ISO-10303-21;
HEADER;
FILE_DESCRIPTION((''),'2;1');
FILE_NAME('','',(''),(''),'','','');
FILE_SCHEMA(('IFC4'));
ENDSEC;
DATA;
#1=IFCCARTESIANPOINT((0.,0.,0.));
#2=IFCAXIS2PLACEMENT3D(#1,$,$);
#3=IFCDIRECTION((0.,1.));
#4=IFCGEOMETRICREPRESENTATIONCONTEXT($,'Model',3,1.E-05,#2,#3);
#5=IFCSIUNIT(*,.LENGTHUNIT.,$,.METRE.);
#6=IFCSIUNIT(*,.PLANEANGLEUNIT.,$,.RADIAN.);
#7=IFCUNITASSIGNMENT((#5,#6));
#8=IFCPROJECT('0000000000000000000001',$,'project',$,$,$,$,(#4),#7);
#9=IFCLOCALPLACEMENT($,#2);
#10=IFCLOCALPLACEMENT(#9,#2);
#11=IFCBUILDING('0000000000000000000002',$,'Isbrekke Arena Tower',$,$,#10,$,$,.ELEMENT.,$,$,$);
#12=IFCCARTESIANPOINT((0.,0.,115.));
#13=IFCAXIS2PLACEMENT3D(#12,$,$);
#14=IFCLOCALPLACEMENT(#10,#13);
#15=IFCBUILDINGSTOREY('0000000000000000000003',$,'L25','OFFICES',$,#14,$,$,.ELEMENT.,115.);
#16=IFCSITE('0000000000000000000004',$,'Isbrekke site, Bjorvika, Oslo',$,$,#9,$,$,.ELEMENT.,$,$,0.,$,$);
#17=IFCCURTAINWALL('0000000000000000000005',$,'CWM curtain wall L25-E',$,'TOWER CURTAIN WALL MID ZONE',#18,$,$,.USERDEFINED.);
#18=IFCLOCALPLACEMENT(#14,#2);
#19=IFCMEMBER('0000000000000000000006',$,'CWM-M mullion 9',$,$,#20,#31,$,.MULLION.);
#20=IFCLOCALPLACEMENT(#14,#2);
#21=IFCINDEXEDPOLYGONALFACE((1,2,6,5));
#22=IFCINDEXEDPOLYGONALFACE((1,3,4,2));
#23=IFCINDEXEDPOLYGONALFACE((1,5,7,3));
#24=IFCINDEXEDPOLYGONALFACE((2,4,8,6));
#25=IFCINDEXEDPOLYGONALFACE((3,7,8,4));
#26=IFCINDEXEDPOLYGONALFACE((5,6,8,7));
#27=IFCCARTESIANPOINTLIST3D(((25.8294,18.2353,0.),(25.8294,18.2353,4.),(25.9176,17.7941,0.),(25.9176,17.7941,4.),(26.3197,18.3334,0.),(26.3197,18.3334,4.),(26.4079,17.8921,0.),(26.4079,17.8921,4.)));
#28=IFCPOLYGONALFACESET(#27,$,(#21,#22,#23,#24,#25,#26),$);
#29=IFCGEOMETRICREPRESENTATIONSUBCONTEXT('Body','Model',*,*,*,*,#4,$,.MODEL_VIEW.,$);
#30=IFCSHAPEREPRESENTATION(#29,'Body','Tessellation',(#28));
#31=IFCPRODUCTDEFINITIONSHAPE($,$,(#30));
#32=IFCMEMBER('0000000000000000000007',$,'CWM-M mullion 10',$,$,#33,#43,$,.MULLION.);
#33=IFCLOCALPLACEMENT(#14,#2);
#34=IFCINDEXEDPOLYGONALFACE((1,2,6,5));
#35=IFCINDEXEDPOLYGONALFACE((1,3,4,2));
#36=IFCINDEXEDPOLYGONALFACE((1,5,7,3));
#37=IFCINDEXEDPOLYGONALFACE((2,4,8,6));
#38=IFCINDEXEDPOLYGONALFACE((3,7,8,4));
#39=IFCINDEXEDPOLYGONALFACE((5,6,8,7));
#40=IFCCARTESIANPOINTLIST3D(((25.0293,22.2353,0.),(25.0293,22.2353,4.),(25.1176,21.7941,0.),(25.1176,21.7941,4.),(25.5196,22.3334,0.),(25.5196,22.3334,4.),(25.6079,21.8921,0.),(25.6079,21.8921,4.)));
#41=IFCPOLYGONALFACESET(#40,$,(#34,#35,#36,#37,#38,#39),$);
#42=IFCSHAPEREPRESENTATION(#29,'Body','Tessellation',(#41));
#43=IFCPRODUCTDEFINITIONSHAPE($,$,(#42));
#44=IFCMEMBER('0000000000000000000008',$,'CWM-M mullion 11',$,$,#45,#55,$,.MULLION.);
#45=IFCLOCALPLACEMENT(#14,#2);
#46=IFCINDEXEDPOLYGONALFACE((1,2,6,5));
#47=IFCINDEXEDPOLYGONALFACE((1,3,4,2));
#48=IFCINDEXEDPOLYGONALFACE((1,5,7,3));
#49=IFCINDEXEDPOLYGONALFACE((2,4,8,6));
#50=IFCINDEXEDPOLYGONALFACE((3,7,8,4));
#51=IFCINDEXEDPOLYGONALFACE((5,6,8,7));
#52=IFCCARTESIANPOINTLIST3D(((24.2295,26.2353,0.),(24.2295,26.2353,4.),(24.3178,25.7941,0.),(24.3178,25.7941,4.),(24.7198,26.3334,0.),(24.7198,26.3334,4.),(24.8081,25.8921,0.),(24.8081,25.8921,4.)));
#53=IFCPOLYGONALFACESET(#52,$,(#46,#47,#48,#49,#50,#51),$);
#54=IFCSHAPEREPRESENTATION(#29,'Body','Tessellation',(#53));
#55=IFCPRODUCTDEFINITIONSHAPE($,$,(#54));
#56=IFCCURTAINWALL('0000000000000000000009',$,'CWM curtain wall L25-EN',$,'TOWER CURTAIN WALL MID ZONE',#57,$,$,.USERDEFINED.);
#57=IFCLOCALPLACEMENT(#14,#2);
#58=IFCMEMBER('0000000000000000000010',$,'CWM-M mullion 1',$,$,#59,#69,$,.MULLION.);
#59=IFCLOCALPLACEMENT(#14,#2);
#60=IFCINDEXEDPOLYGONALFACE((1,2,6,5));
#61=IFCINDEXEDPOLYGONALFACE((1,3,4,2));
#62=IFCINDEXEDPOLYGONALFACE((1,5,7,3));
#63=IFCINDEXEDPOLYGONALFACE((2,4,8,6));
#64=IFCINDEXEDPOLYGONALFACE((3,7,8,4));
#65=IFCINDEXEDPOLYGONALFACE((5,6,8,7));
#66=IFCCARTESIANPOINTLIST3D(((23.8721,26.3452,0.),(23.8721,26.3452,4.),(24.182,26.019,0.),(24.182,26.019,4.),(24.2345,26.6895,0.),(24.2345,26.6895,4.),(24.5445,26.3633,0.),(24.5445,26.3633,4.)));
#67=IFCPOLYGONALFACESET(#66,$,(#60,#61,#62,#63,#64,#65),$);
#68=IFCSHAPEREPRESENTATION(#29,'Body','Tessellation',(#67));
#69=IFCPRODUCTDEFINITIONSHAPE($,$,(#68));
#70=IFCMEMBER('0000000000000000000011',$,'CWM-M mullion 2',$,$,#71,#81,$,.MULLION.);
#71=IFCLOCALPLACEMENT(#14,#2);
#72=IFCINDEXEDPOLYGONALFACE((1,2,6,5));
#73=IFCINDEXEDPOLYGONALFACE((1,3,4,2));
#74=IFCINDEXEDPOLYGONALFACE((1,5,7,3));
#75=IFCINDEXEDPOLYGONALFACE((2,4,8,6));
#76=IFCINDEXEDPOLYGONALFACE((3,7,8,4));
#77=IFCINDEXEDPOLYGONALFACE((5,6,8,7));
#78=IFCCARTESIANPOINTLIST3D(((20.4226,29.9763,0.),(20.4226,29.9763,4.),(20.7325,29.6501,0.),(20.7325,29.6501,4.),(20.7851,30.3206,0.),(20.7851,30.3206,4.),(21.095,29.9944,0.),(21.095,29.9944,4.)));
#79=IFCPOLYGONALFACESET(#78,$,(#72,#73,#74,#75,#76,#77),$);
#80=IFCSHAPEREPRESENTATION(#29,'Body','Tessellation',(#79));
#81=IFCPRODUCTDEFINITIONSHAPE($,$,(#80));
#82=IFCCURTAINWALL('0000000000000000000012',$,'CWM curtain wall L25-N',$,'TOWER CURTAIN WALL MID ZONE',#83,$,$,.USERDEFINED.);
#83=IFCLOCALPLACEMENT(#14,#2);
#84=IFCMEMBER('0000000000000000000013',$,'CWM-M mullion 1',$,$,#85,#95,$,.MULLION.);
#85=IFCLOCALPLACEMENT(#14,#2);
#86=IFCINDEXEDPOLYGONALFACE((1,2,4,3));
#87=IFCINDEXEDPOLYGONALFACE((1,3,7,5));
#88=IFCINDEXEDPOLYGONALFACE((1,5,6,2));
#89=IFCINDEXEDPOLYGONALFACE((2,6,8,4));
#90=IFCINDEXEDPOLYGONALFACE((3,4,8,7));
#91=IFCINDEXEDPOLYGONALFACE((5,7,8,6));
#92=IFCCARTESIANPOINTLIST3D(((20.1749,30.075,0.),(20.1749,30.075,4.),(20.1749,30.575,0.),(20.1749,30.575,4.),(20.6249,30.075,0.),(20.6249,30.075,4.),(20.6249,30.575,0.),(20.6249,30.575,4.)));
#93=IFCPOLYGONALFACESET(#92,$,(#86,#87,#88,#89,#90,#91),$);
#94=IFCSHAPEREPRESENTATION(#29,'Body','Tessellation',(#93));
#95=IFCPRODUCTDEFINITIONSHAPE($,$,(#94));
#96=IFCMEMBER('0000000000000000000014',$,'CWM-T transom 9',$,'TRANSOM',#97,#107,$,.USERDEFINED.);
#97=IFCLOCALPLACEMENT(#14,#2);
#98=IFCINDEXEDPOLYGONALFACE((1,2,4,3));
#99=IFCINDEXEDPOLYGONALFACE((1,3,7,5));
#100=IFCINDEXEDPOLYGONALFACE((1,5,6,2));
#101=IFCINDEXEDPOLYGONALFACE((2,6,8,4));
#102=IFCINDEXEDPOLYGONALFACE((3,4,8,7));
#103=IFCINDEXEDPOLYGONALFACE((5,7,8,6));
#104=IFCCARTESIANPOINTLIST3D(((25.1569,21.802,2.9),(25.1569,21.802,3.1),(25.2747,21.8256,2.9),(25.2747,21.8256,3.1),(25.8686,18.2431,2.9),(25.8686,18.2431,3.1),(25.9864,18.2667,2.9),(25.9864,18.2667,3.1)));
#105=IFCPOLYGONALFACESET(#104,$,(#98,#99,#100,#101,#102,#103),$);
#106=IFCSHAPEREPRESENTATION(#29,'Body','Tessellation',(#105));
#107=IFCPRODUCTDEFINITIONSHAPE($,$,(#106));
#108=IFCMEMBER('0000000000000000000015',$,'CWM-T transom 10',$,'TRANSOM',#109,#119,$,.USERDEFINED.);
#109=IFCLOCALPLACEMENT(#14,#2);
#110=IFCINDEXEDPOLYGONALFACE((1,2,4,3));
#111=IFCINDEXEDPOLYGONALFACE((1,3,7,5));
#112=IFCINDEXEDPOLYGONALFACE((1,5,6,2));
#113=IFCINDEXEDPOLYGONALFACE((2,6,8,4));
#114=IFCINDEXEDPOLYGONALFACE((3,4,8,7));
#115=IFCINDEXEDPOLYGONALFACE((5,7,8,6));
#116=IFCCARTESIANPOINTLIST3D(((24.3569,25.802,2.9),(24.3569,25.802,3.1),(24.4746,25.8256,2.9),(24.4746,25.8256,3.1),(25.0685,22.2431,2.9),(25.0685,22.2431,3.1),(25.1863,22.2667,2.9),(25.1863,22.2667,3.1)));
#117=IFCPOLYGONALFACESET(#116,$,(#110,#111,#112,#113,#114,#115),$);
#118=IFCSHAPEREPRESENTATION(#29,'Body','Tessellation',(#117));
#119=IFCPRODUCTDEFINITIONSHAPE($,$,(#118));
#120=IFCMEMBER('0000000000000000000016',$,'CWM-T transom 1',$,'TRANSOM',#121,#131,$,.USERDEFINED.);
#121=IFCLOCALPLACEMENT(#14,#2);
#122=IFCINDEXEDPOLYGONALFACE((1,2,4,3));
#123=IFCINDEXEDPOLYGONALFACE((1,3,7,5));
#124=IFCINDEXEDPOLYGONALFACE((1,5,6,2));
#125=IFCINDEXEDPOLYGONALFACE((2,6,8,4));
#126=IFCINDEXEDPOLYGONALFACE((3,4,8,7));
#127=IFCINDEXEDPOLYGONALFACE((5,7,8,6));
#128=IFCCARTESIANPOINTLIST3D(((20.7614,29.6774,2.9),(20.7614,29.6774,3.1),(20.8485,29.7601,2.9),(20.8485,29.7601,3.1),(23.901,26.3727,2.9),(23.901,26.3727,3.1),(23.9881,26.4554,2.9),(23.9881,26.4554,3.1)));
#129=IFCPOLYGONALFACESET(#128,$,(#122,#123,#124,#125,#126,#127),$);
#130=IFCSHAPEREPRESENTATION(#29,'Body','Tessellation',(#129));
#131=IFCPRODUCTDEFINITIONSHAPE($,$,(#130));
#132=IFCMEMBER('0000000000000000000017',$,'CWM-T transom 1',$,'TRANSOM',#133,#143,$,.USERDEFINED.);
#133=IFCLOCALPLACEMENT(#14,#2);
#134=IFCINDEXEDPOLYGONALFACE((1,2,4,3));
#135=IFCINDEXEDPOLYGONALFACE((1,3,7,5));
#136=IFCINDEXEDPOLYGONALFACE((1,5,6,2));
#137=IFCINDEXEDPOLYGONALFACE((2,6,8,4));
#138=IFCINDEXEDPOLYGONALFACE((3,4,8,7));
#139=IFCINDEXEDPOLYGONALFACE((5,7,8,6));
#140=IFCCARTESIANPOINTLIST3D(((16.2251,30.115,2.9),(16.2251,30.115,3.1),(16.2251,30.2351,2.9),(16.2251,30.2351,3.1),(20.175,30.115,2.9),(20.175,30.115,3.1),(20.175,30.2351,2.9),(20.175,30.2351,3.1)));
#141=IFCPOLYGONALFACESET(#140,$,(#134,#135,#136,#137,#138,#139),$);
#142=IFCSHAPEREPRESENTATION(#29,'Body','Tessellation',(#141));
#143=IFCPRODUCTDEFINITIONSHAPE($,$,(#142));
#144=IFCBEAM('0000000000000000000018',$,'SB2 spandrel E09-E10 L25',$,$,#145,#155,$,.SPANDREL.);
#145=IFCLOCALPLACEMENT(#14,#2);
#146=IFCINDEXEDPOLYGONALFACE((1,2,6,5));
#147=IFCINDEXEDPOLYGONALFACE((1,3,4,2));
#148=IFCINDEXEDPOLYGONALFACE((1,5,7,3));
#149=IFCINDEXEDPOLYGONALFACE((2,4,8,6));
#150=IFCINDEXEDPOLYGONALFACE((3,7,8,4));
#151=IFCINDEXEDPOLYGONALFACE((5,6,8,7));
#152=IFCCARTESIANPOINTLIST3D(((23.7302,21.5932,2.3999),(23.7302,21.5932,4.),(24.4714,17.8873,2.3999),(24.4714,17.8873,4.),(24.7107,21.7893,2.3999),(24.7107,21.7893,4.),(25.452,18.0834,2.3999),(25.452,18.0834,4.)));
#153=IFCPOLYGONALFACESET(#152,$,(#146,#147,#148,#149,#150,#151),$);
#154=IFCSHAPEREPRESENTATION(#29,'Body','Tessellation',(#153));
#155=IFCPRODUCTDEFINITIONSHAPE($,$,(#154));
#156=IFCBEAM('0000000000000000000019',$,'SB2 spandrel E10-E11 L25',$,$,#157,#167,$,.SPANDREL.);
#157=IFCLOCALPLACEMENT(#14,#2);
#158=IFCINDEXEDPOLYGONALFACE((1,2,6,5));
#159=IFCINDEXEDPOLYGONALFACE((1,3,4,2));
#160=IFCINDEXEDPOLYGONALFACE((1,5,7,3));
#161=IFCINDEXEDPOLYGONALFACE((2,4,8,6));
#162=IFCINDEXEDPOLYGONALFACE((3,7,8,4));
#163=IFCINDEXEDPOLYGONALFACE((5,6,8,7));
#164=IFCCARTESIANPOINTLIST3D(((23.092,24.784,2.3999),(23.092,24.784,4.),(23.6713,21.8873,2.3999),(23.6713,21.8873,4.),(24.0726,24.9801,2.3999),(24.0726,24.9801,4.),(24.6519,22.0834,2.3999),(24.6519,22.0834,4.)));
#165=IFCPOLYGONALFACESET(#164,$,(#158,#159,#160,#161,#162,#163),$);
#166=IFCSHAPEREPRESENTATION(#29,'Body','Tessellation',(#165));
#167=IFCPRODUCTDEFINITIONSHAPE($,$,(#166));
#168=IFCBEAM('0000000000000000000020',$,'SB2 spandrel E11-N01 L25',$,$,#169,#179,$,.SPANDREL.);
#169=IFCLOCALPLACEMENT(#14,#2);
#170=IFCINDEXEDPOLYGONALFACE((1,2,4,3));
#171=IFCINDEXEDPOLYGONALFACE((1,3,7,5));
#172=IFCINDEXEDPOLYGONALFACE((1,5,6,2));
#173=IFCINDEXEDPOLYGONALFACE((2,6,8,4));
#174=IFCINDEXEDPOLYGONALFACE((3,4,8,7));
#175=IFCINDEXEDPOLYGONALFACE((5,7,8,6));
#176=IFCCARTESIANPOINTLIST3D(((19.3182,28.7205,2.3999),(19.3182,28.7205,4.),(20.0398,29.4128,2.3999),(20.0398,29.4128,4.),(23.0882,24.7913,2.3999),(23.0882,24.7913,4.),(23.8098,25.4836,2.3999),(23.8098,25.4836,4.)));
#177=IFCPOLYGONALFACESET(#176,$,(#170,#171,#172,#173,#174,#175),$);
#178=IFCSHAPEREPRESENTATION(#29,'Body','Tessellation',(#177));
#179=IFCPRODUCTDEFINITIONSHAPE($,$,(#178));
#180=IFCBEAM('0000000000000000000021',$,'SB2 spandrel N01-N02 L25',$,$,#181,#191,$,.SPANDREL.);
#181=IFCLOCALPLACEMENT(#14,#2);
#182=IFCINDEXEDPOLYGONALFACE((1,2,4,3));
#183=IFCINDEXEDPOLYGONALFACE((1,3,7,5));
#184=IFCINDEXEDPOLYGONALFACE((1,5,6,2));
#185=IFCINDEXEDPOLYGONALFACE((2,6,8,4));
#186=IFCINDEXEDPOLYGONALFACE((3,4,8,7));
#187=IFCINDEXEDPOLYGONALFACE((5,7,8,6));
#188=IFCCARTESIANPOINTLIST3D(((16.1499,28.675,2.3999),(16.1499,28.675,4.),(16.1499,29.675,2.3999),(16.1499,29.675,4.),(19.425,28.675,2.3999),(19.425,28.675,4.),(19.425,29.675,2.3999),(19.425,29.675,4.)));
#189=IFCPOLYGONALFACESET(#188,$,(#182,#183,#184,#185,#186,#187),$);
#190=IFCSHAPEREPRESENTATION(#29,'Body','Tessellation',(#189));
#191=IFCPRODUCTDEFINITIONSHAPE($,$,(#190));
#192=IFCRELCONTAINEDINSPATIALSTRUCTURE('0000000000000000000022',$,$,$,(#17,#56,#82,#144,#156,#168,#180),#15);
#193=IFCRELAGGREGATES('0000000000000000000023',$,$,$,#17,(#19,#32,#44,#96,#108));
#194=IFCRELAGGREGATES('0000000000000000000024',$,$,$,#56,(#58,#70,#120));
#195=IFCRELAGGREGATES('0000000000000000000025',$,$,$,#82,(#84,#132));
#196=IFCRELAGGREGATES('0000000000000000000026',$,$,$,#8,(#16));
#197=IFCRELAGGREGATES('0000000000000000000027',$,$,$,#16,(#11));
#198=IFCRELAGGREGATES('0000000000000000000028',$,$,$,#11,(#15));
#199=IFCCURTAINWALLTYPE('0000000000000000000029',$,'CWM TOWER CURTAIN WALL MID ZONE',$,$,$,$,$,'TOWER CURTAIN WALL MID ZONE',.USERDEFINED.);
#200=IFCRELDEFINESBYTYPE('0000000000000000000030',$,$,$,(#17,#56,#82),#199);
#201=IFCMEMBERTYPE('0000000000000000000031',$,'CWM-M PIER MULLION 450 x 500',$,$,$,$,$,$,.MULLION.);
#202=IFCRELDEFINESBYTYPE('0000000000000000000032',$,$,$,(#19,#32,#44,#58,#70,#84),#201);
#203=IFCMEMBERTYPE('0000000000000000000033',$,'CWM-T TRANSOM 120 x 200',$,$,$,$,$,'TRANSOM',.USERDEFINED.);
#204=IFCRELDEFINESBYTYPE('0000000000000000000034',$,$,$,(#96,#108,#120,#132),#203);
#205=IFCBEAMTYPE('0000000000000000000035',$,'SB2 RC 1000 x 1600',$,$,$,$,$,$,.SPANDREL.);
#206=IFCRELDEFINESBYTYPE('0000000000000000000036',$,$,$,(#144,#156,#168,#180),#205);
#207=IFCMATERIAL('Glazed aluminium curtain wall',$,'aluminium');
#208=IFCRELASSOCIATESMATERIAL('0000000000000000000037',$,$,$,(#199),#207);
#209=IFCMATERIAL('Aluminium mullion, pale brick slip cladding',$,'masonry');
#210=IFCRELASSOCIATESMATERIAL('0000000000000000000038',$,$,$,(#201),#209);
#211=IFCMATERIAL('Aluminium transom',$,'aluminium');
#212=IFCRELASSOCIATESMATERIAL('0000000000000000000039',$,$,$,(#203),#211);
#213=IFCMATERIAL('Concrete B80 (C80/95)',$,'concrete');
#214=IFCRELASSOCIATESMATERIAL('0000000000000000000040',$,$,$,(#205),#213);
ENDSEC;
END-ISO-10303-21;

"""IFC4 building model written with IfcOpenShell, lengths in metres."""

from ifc_helpers import new_model, si_unit, direction, frame, origin, origin_2d, place, context, subcontext, project, spatial, rectangle, extrude, material, material_profile, profile_set, type_object, element, aggregate, save


model = new_model("IFC4")

# Units and contexts
model_context = context("Model", 3, precision=1e-05, world=origin(), true_north=direction((0.0, 1.0)))
body_context = subcontext(model_context, "Body", "Model", "MODEL_VIEW")
ifc_project = project(units=[si_unit("LENGTHUNIT", "METRE"), si_unit("PLANEANGLEUNIT", "RADIAN")], contexts=[model_context])

# Site, building, storey
site_placement = place(None, origin())
site = spatial("IfcSite", under=ifc_project, at=site_placement, Name="Isbrekke site, Bjorvika, Oslo", CompositionType="ELEMENT", RefElevation=0.0)
building_placement = place(site_placement, origin())
building = spatial("IfcBuilding", under=site, at=building_placement, Name="Isbrekke Arena Tower", CompositionType="ELEMENT")
storey_placement = place(building_placement, frame((0.0, 0.0, 115.0)))
storey = spatial("IfcBuildingStorey", under=building, at=storey_placement, Name="L25", Description="OFFICES", CompositionType="ELEMENT", Elevation=115.0)

# Curtain walls, members
ifc_material_1 = material(Name="Glazed aluminium curtain wall", Category="aluminium")
curtain_wall_type = type_object("IfcCurtainWallType", Name="CWM TOWER CURTAIN WALL MID ZONE", ElementType="TOWER CURTAIN WALL MID ZONE", PredefinedType="USERDEFINED", material=ifc_material_1)
curtain_wall_1_placement = place(storey_placement, origin())
curtain_wall_1 = element("IfcCurtainWall", 1, at=curtain_wall_1_placement, inside=storey, type_object=curtain_wall_type, Name="CWM curtain wall L25-E", ObjectType="TOWER CURTAIN WALL MID ZONE", PredefinedType="USERDEFINED")
ifc_material_2 = material(Name="Aluminium mullion, pale brick slip cladding", Category="masonry")
ifc_material_profile_1 = material_profile(ifc_material_2, rectangle(XDim=0.45, YDim=0.5, at=origin_2d()), Name="PIER 450X500")
ifc_profile_set_1 = profile_set([ifc_material_profile_1], Name="Aluminium mullion, pale brick slip cladding")
member_type_1 = type_object("IfcMemberType", Name="CWM-M PIER MULLION 450 x 500", PredefinedType="MULLION", material=ifc_profile_set_1)
member_1_placement = place(storey_placement, frame((26.1187, 18.0637, 0.0), z_axis=(0.0, 0.0, 1.0), x_axis=(-0.196116, 0.980581, 0.0)))
member_1 = element("IfcMember", 2, at=member_1_placement, type_object=member_type_1, Name="CWM-M mullion 9", PredefinedType="MULLION", context=body_context, shape_type="SweptSolid", body=[
    extrude(rectangle(XDim=0.45, YDim=0.5, at=origin_2d()), origin(), (0.0, 0.0, 1.0), 4.0),
])
member_2_placement = place(storey_placement, frame((25.3186, 22.0637, 0.0), z_axis=(0.0, 0.0, 1.0), x_axis=(-0.196116, 0.980581, 0.0)))
member_2 = element("IfcMember", 3, at=member_2_placement, type_object=member_type_1, Name="CWM-M mullion 10", PredefinedType="MULLION", context=body_context, shape_type="SweptSolid", body=[
    extrude(rectangle(XDim=0.45, YDim=0.5, at=origin_2d()), origin(), (0.0, 0.0, 1.0), 4.0),
])
member_3_placement = place(storey_placement, frame((24.5188, 26.0637, 0.0), z_axis=(0.0, 0.0, 1.0), x_axis=(-0.196116, 0.980581, 0.0)))
member_3 = element("IfcMember", 4, at=member_3_placement, type_object=member_type_1, Name="CWM-M mullion 11", PredefinedType="MULLION", context=body_context, shape_type="SweptSolid", body=[
    extrude(rectangle(XDim=0.45, YDim=0.5, at=origin_2d()), origin(), (0.0, 0.0, 1.0), 4.0),
])
curtain_wall_2_placement = place(storey_placement, origin())
curtain_wall_2 = element("IfcCurtainWall", 5, at=curtain_wall_2_placement, inside=storey, type_object=curtain_wall_type, Name="CWM curtain wall L25-EN", ObjectType="TOWER CURTAIN WALL MID ZONE", PredefinedType="USERDEFINED")
member_4_placement = place(storey_placement, frame((24.2083, 26.3542, 0.0), z_axis=(0.0, 0.0, 1.0), x_axis=(-0.688749, 0.724999, 0.0)))
member_4 = element("IfcMember", 6, at=member_4_placement, type_object=member_type_1, Name="CWM-M mullion 1", PredefinedType="MULLION", context=body_context, shape_type="SweptSolid", body=[
    extrude(rectangle(XDim=0.45, YDim=0.5, at=origin_2d()), origin(), (0.0, 0.0, 1.0), 4.0),
])
member_5_placement = place(storey_placement, frame((20.7588, 29.9854, 0.0), z_axis=(0.0, 0.0, 1.0), x_axis=(-0.688749, 0.724999, 0.0)))
member_5 = element("IfcMember", 7, at=member_5_placement, type_object=member_type_1, Name="CWM-M mullion 2", PredefinedType="MULLION", context=body_context, shape_type="SweptSolid", body=[
    extrude(rectangle(XDim=0.45, YDim=0.5, at=origin_2d()), origin(), (0.0, 0.0, 1.0), 4.0),
])

# Curtain wall, member
curtain_wall_3_placement = place(storey_placement, origin())
curtain_wall_3 = element("IfcCurtainWall", 8, at=curtain_wall_3_placement, inside=storey, type_object=curtain_wall_type, Name="CWM curtain wall L25-N", ObjectType="TOWER CURTAIN WALL MID ZONE", PredefinedType="USERDEFINED")
member_6_placement = place(storey_placement, frame((20.3999, 30.325, 0.0), z_axis=(0.0, 0.0, 1.0), x_axis=(-1.0, 0.0, 0.0)))
member_6 = element("IfcMember", 9, at=member_6_placement, type_object=member_type_1, Name="CWM-M mullion 1", PredefinedType="MULLION", context=body_context, shape_type="SweptSolid", body=[
    extrude(rectangle(XDim=0.45, YDim=0.5, at=origin_2d()), origin(), (0.0, 0.0, 1.0), 4.0),
])

# Members
ifc_material_3 = material(Name="Aluminium transom", Category="aluminium")
ifc_material_profile_2 = material_profile(ifc_material_3, rectangle(XDim=0.1201, YDim=0.2, at=origin_2d()), Name="TRANSOM 120X200")
ifc_profile_set_2 = profile_set([ifc_material_profile_2], Name="Aluminium transom")
member_type_2 = type_object("IfcMemberType", Name="CWM-T TRANSOM 120 x 200", ElementType="TRANSOM", PredefinedType="USERDEFINED", material=ifc_profile_set_2)
member_7_placement = place(storey_placement, frame((25.9275, 18.2549, 3.0), z_axis=(-0.19609, 0.980586, 0.0), x_axis=(-0.980586, -0.19609, 0.0)))
member_7 = element("IfcMember", 10, at=member_7_placement, type_object=member_type_2, Name="CWM-T transom 9", ObjectType="TRANSOM", PredefinedType="USERDEFINED", context=body_context, shape_type="SweptSolid", body=[
    extrude(rectangle(XDim=0.1201, YDim=0.2, at=origin_2d()), origin(), (0.0, 0.0, 1.0), 3.6294),
])
member_8_placement = place(storey_placement, frame((25.1274, 22.2549, 3.0), z_axis=(-0.19609, 0.980586, 0.0), x_axis=(-0.980586, -0.19609, 0.0)))
member_8 = element("IfcMember", 11, at=member_8_placement, type_object=member_type_2, Name="CWM-T transom 10", ObjectType="TRANSOM", PredefinedType="USERDEFINED", context=body_context, shape_type="SweptSolid", body=[
    extrude(rectangle(XDim=0.1201, YDim=0.2, at=origin_2d()), origin(), (0.0, 0.0, 1.0), 3.6294),
])
member_9_placement = place(storey_placement, frame((23.9446, 26.4141, 3.0), z_axis=(-0.688772, 0.724978, 0.0), x_axis=(-0.724978, -0.688772, 0.0)))
member_9 = element("IfcMember", 12, at=member_9_placement, type_object=member_type_2, Name="CWM-T transom 1", ObjectType="TRANSOM", PredefinedType="USERDEFINED", context=body_context, shape_type="SweptSolid", body=[
    extrude(rectangle(XDim=0.1201, YDim=0.2, at=origin_2d()), origin(), (0.0, 0.0, 1.0), 4.5583),
])
member_10_placement = place(storey_placement, frame((20.175, 30.175, 3.0), z_axis=(-1.0, 0.0, 0.0), x_axis=(0.0, -1.0, 0.0)))
member_10 = element("IfcMember", 13, at=member_10_placement, type_object=member_type_2, Name="CWM-T transom 1", ObjectType="TRANSOM", PredefinedType="USERDEFINED", context=body_context, shape_type="SweptSolid", body=[
    extrude(rectangle(XDim=0.1201, YDim=0.2, at=origin_2d()), origin(), (0.0, 0.0, 1.0), 3.95),
])

# Beams
ifc_material_4 = material(Name="Concrete B80 (C80/95)", Category="concrete")
ifc_material_profile_3 = material_profile(ifc_material_4, rectangle(XDim=1.0, YDim=1.6001, at=origin_2d()), Name="RC 1000x1600")
ifc_profile_set_3 = profile_set([ifc_material_profile_3], Name="Concrete B80 (C80/95)")
beam_type_1 = type_object("IfcBeamType", Name="SB2 RC 1000 x 1600", PredefinedType="SPANDREL", material=ifc_profile_set_3)
beam_1_placement = place(storey_placement, frame((24.9617, 17.9854, 3.2), z_axis=(-0.196129, 0.980578, 0.0), x_axis=(-0.980578, -0.196129, 0.0)))
element("IfcBeam", 14, at=beam_1_placement, inside=storey, type_object=beam_type_1, Name="SB2 spandrel E09-E10 L25", PredefinedType="SPANDREL", context=body_context, shape_type="SweptSolid", body=[
    extrude(rectangle(XDim=1.0, YDim=1.6001, at=origin_2d()), origin(), (0.0, 0.0, 1.0), 3.7793),
])
beam_2_placement = place(storey_placement, frame((24.1616, 21.9854, 3.2), z_axis=(-0.196116, 0.980581, 0.0), x_axis=(-0.980581, -0.196116, 0.0)))
element("IfcBeam", 15, at=beam_2_placement, inside=storey, type_object=beam_type_1, Name="SB2 spandrel E10-E11 L25", PredefinedType="SPANDREL", context=body_context, shape_type="SweptSolid", body=[
    extrude(rectangle(XDim=1.0, YDim=1.6001, at=origin_2d()), origin(), (0.0, 0.0, 1.0), 2.9541),
])
beam_3_placement = place(storey_placement, frame((23.449, 25.1375, 3.2), z_axis=(-0.69234, 0.721572, 0.0), x_axis=(-0.721572, -0.69234, 0.0)))
element("IfcBeam", 16, at=beam_3_placement, inside=storey, type_object=beam_type_1, Name="SB2 spandrel E11-N01 L25", PredefinedType="SPANDREL", context=body_context, shape_type="SweptSolid", body=[
    extrude(rectangle(XDim=1.0, YDim=1.6001, at=origin_2d()), origin(), (0.0, 0.0, 1.0), 5.4453),
])
beam_4_placement = place(storey_placement, frame((19.425, 29.175, 3.2), z_axis=(-1.0, 0.0, 0.0), x_axis=(0.0, -1.0, 0.0)))
element("IfcBeam", 17, at=beam_4_placement, inside=storey, type_object=beam_type_1, Name="SB2 spandrel N01-N02 L25", PredefinedType="SPANDREL", context=body_context, shape_type="SweptSolid", body=[
    extrude(rectangle(XDim=1.0, YDim=1.6001, at=origin_2d()), origin(), (0.0, 0.0, 1.0), 3.2751),
])

aggregate(curtain_wall_1, [member_1, member_2, member_3, member_7, member_8])
aggregate(curtain_wall_2, [member_4, member_5, member_9])
aggregate(curtain_wall_3, [member_6, member_10])

save(model, "model.ifc")
